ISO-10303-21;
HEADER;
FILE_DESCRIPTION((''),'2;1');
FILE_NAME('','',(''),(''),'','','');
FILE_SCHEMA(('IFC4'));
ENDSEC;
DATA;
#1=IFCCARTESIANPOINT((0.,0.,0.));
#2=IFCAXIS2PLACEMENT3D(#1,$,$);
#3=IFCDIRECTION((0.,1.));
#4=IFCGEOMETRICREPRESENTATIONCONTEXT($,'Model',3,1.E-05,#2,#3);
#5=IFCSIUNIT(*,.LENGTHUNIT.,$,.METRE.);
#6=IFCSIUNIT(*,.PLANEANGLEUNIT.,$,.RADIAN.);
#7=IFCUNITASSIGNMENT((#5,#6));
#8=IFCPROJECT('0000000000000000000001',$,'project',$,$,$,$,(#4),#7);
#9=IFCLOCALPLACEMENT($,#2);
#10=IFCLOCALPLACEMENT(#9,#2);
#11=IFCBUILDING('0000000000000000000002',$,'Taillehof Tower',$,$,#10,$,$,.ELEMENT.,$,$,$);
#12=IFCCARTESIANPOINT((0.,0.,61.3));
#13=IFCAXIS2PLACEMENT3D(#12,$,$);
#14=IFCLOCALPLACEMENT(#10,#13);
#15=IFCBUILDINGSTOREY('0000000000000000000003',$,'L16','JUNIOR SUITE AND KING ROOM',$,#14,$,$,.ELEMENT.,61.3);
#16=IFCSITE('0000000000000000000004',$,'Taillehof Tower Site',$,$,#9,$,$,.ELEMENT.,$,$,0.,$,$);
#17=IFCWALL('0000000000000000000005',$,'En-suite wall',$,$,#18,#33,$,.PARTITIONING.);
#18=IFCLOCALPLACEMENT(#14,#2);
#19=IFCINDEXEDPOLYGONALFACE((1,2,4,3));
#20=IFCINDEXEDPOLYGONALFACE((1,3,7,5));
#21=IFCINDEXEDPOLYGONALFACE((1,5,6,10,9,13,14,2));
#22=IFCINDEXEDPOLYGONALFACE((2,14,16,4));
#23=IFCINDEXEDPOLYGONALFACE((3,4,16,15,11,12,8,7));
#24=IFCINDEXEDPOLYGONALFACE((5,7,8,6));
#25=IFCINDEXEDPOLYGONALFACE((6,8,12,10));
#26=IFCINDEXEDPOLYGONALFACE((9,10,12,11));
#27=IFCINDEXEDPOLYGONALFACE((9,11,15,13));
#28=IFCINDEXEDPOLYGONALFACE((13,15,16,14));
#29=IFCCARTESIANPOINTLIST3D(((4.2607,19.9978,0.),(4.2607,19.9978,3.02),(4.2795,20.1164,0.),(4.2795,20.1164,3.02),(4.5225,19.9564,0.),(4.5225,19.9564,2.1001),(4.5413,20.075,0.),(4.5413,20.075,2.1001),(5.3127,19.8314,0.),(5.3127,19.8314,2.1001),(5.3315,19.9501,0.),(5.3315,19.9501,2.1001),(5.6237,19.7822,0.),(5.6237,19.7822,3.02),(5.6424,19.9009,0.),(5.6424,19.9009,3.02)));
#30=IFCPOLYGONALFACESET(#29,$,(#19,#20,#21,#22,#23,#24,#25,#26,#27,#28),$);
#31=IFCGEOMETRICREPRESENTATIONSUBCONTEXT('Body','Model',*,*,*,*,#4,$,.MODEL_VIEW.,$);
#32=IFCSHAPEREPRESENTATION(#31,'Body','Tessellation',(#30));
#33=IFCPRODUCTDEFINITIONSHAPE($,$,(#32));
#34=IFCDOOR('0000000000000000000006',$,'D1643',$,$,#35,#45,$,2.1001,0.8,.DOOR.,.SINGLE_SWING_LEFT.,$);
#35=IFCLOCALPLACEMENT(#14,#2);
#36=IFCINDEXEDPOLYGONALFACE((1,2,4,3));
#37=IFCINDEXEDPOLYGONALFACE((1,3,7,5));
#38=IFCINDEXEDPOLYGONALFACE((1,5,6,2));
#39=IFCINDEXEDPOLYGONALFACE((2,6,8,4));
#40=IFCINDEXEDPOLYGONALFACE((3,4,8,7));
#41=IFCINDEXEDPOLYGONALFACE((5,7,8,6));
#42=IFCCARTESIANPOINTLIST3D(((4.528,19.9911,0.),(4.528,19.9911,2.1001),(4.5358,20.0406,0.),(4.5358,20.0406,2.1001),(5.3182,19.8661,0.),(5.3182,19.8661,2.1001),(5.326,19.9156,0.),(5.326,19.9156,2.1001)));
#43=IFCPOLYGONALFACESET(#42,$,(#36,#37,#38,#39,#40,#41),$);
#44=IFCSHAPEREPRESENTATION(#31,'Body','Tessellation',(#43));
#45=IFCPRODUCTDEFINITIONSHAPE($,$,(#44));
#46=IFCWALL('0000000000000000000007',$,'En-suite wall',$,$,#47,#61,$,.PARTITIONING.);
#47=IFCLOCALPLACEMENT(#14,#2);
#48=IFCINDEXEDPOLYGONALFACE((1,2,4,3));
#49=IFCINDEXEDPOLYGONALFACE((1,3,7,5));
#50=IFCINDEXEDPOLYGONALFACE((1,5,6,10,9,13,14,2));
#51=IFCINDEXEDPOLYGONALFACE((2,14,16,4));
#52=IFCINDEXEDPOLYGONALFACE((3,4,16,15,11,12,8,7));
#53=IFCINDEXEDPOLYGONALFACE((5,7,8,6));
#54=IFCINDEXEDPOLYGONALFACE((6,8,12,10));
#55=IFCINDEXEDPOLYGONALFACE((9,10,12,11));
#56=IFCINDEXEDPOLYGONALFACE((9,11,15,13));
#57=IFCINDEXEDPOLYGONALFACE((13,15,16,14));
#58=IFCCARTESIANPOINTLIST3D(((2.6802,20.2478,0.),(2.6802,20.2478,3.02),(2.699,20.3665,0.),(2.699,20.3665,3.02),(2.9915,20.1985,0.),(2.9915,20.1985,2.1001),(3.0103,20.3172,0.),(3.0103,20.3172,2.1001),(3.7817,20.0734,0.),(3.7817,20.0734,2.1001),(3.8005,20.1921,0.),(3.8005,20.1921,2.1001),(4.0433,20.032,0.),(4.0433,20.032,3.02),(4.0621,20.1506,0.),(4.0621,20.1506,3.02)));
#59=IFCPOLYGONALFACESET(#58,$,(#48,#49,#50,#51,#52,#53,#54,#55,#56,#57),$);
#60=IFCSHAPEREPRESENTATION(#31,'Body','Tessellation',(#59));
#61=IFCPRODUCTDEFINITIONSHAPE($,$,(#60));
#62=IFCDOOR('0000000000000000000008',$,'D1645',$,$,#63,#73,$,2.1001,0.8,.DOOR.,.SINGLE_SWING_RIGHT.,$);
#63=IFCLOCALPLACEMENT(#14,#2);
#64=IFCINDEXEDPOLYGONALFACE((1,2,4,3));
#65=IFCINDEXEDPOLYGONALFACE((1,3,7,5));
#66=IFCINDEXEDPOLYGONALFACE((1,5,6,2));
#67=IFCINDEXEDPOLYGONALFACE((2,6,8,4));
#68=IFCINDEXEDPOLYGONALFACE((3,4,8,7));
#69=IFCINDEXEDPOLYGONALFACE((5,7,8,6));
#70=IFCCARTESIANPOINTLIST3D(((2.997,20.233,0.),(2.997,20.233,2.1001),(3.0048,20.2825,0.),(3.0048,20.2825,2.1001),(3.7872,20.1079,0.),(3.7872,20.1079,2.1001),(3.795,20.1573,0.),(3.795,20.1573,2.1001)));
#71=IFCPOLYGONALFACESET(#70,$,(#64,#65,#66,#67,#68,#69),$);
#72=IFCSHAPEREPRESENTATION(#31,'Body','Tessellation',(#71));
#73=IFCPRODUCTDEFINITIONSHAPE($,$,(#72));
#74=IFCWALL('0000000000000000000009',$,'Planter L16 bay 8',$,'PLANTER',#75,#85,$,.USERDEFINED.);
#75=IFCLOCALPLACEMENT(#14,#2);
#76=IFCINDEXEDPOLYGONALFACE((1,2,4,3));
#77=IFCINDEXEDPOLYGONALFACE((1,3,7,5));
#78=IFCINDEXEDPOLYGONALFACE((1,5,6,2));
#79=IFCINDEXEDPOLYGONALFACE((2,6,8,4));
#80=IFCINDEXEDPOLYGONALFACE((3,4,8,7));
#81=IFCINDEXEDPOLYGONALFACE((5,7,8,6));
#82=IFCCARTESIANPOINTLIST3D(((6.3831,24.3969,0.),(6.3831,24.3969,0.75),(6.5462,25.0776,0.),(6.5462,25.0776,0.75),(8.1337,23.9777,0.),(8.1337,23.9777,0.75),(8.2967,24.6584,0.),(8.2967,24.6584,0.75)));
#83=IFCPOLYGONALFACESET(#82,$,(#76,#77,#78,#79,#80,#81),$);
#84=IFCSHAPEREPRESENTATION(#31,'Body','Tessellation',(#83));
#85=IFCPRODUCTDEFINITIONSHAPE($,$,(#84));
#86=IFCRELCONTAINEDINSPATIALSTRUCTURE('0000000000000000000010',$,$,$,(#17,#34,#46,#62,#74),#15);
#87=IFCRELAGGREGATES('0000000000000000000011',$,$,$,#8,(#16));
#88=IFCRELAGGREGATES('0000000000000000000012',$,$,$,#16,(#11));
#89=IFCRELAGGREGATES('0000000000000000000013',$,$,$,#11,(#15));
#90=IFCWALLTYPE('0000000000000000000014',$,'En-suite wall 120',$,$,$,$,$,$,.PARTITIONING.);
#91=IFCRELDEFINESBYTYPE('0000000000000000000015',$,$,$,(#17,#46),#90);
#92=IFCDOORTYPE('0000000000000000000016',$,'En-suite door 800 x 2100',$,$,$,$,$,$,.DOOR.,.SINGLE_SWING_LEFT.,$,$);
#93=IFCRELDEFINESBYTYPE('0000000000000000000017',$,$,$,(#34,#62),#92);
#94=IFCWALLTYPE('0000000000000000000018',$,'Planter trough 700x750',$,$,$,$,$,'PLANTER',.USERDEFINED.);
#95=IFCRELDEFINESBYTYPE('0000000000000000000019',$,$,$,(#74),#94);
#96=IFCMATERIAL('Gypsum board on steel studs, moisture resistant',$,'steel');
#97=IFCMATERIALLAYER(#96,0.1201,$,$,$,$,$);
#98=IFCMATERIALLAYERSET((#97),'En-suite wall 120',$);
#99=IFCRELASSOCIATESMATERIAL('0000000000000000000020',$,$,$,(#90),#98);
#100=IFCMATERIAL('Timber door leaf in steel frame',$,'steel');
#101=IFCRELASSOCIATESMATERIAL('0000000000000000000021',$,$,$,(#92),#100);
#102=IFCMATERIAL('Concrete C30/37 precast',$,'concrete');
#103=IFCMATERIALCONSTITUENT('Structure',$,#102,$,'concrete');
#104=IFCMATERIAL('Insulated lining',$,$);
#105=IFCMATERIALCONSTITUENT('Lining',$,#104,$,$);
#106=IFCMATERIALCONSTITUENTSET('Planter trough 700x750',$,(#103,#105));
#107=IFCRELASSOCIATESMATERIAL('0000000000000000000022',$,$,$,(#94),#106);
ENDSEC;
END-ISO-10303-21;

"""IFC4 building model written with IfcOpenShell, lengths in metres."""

from ifc_helpers import new_model, si_unit, direction, frame, frame_2d, origin, place, context, subcontext, project, spatial, rectangle, extrude, material, layer, layer_set, constituent, constituent_set, type_object, element, fill, save


model = new_model("IFC4")

# Units and contexts
model_context = context("Model", 3, precision=1e-05, world=origin(), true_north=direction((0.0, 1.0)))
body_context = subcontext(model_context, "Body", "Model", "MODEL_VIEW")
ifc_project = project(units=[si_unit("LENGTHUNIT", "METRE"), si_unit("PLANEANGLEUNIT", "RADIAN")], contexts=[model_context])

# Site, building, storey
site_placement = place(None, origin())
site = spatial("IfcSite", under=ifc_project, at=site_placement, Name="Taillehof Tower Site", CompositionType="ELEMENT", RefElevation=0.0)
building_placement = place(site_placement, origin())
building = spatial("IfcBuilding", under=site, at=building_placement, Name="Taillehof Tower", CompositionType="ELEMENT")
storey_placement = place(building_placement, frame((0.0, 0.0, 61.3)))
storey = spatial("IfcBuildingStorey", under=building, at=storey_placement, Name="L16", Description="JUNIOR SUITE AND KING ROOM", CompositionType="ELEMENT", Elevation=61.3)

# Shared definitions
ifc_material_1 = material(Name="Gypsum board on steel studs, moisture resistant", Category="steel")
ifc_layer_1 = layer(ifc_material_1, 0.1201)
ifc_layer_set_1 = layer_set([ifc_layer_1], Name="En-suite wall 120")
wall_type_1 = type_object("IfcWallType", Name="En-suite wall 120", PredefinedType="PARTITIONING", material=ifc_layer_set_1)

# Walls, openings, doors
wall_1_placement = place(storey_placement, frame((5.6331, 19.8416, 0.0), z_axis=(0.0, 0.0, 1.0), x_axis=(-0.987723, 0.156217, 0.0)))
wall_1 = element("IfcWall", 1, at=wall_1_placement, inside=storey, type_object=wall_type_1, Name="En-suite wall", PredefinedType="PARTITIONING", context=body_context, shape_type="SweptSolid", body=[
    extrude(rectangle(XDim=1.3799, YDim=0.1201, at=frame_2d((0.6899, 0.0))), origin(), (0.0, 0.0, 1.0), 3.02),
])
opening_1_placement = place(wall_1_placement, frame((0.3149, 0.0, 0.0)))
opening_1 = element("IfcOpeningElement", 2, at=opening_1_placement, cuts=wall_1, PredefinedType="OPENING", context=body_context, shape_type="SweptSolid", body=[
    extrude(rectangle(XDim=0.8, YDim=2.1001, at=frame_2d((0.3999, 1.05))), frame((0.0, 0.0701, 0.0), z_axis=(0.0, -1.0, 0.0), x_axis=(1.0, 0.0, 0.0)), (0.0, 0.0, 1.0), 0.1401),
])
ifc_material_2 = material(Name="Timber door leaf in steel frame", Category="steel")
door_type_1 = type_object("IfcDoorType", Name="En-suite door 800 x 2100", OperationType="SINGLE_SWING_LEFT", PredefinedType="DOOR", material=ifc_material_2)
door_1_placement = place(opening_1_placement, origin())
door_1 = element("IfcDoor", 3, at=door_1_placement, inside=storey, type_object=door_type_1, Name="D1643", OperationType="SINGLE_SWING_LEFT", OverallHeight=2.1001, OverallWidth=0.8, PredefinedType="DOOR", context=body_context, shape_type="SweptSolid", body=[
    extrude(rectangle(XDim=0.8, YDim=2.1001, at=frame_2d((0.3999, 1.05))), frame((0.0, 0.0249, 0.0), z_axis=(0.0, -1.0, 0.0), x_axis=(1.0, 0.0, 0.0)), (0.0, 0.0, 1.0), 0.05),
])
fill(opening_1, door_1)
wall_2_placement = place(storey_placement, frame((2.6897, 20.3071, 0.0), z_axis=(0.0, 0.0, 1.0), x_axis=(0.987695, -0.15639, 0.0)))
wall_2 = element("IfcWall", 4, at=wall_2_placement, inside=storey, type_object=wall_type_1, Name="En-suite wall", PredefinedType="PARTITIONING", context=body_context, shape_type="SweptSolid", body=[
    extrude(rectangle(XDim=1.3801, YDim=0.1201, at=frame_2d((0.6899, 0.0))), origin(), (0.0, 0.0, 1.0), 3.02),
])
opening_2_placement = place(wall_2_placement, frame((0.3152, 0.0, 0.0)))
opening_2 = element("IfcOpeningElement", 5, at=opening_2_placement, cuts=wall_2, PredefinedType="OPENING", context=body_context, shape_type="SweptSolid", body=[
    extrude(rectangle(XDim=0.8, YDim=2.1001, at=frame_2d((0.3999, 1.05))), frame((0.0, 0.0701, 0.0), z_axis=(0.0, -1.0, 0.0), x_axis=(1.0, 0.0, 0.0)), (0.0, 0.0, 1.0), 0.1401),
])
door_2_placement = place(opening_2_placement, origin())
door_2 = element("IfcDoor", 6, at=door_2_placement, inside=storey, type_object=door_type_1, Name="D1645", OperationType="SINGLE_SWING_RIGHT", OverallHeight=2.1001, OverallWidth=0.8, PredefinedType="DOOR", context=body_context, shape_type="SweptSolid", body=[
    extrude(rectangle(XDim=0.8, YDim=2.1001, at=frame_2d((0.3999, 1.05))), frame((0.0, 0.0249, 0.0), z_axis=(0.0, -1.0, 0.0), x_axis=(1.0, 0.0, 0.0)), (0.0, 0.0, 1.0), 0.05),
])
fill(opening_2, door_2)

# Wall
ifc_material_3 = material(Name="Concrete C30/37 precast", Category="concrete")
ifc_constituent_1 = constituent(ifc_material_3, Name="Structure", Category="concrete")
ifc_material_4 = material(Name="Insulated lining")
ifc_constituent_2 = constituent(ifc_material_4, Name="Lining")
ifc_constituent_set = constituent_set(constituents=[ifc_constituent_1, ifc_constituent_2], Name="Planter trough 700x750")
wall_type_2 = type_object("IfcWallType", Name="Planter trough 700x750", ElementType="PLANTER", PredefinedType="USERDEFINED", material=ifc_constituent_set)
wall_3_placement = place(storey_placement, frame((8.2151, 24.3181, 0.0), z_axis=(0.0, 0.0, 1.0), x_axis=(-0.972504, 0.232886, 0.0)))
element("IfcWall", 7, at=wall_3_placement, inside=storey, type_object=wall_type_2, Name="Planter L16 bay 8", ObjectType="PLANTER", PredefinedType="USERDEFINED", context=body_context, shape_type="SweptSolid", body=[
    extrude(rectangle(XDim=1.8, YDim=0.7, at=frame_2d((0.8999, 0.0))), origin(), (0.0, 0.0, 1.0), 0.75),
])

save(model, "model.ifc")
